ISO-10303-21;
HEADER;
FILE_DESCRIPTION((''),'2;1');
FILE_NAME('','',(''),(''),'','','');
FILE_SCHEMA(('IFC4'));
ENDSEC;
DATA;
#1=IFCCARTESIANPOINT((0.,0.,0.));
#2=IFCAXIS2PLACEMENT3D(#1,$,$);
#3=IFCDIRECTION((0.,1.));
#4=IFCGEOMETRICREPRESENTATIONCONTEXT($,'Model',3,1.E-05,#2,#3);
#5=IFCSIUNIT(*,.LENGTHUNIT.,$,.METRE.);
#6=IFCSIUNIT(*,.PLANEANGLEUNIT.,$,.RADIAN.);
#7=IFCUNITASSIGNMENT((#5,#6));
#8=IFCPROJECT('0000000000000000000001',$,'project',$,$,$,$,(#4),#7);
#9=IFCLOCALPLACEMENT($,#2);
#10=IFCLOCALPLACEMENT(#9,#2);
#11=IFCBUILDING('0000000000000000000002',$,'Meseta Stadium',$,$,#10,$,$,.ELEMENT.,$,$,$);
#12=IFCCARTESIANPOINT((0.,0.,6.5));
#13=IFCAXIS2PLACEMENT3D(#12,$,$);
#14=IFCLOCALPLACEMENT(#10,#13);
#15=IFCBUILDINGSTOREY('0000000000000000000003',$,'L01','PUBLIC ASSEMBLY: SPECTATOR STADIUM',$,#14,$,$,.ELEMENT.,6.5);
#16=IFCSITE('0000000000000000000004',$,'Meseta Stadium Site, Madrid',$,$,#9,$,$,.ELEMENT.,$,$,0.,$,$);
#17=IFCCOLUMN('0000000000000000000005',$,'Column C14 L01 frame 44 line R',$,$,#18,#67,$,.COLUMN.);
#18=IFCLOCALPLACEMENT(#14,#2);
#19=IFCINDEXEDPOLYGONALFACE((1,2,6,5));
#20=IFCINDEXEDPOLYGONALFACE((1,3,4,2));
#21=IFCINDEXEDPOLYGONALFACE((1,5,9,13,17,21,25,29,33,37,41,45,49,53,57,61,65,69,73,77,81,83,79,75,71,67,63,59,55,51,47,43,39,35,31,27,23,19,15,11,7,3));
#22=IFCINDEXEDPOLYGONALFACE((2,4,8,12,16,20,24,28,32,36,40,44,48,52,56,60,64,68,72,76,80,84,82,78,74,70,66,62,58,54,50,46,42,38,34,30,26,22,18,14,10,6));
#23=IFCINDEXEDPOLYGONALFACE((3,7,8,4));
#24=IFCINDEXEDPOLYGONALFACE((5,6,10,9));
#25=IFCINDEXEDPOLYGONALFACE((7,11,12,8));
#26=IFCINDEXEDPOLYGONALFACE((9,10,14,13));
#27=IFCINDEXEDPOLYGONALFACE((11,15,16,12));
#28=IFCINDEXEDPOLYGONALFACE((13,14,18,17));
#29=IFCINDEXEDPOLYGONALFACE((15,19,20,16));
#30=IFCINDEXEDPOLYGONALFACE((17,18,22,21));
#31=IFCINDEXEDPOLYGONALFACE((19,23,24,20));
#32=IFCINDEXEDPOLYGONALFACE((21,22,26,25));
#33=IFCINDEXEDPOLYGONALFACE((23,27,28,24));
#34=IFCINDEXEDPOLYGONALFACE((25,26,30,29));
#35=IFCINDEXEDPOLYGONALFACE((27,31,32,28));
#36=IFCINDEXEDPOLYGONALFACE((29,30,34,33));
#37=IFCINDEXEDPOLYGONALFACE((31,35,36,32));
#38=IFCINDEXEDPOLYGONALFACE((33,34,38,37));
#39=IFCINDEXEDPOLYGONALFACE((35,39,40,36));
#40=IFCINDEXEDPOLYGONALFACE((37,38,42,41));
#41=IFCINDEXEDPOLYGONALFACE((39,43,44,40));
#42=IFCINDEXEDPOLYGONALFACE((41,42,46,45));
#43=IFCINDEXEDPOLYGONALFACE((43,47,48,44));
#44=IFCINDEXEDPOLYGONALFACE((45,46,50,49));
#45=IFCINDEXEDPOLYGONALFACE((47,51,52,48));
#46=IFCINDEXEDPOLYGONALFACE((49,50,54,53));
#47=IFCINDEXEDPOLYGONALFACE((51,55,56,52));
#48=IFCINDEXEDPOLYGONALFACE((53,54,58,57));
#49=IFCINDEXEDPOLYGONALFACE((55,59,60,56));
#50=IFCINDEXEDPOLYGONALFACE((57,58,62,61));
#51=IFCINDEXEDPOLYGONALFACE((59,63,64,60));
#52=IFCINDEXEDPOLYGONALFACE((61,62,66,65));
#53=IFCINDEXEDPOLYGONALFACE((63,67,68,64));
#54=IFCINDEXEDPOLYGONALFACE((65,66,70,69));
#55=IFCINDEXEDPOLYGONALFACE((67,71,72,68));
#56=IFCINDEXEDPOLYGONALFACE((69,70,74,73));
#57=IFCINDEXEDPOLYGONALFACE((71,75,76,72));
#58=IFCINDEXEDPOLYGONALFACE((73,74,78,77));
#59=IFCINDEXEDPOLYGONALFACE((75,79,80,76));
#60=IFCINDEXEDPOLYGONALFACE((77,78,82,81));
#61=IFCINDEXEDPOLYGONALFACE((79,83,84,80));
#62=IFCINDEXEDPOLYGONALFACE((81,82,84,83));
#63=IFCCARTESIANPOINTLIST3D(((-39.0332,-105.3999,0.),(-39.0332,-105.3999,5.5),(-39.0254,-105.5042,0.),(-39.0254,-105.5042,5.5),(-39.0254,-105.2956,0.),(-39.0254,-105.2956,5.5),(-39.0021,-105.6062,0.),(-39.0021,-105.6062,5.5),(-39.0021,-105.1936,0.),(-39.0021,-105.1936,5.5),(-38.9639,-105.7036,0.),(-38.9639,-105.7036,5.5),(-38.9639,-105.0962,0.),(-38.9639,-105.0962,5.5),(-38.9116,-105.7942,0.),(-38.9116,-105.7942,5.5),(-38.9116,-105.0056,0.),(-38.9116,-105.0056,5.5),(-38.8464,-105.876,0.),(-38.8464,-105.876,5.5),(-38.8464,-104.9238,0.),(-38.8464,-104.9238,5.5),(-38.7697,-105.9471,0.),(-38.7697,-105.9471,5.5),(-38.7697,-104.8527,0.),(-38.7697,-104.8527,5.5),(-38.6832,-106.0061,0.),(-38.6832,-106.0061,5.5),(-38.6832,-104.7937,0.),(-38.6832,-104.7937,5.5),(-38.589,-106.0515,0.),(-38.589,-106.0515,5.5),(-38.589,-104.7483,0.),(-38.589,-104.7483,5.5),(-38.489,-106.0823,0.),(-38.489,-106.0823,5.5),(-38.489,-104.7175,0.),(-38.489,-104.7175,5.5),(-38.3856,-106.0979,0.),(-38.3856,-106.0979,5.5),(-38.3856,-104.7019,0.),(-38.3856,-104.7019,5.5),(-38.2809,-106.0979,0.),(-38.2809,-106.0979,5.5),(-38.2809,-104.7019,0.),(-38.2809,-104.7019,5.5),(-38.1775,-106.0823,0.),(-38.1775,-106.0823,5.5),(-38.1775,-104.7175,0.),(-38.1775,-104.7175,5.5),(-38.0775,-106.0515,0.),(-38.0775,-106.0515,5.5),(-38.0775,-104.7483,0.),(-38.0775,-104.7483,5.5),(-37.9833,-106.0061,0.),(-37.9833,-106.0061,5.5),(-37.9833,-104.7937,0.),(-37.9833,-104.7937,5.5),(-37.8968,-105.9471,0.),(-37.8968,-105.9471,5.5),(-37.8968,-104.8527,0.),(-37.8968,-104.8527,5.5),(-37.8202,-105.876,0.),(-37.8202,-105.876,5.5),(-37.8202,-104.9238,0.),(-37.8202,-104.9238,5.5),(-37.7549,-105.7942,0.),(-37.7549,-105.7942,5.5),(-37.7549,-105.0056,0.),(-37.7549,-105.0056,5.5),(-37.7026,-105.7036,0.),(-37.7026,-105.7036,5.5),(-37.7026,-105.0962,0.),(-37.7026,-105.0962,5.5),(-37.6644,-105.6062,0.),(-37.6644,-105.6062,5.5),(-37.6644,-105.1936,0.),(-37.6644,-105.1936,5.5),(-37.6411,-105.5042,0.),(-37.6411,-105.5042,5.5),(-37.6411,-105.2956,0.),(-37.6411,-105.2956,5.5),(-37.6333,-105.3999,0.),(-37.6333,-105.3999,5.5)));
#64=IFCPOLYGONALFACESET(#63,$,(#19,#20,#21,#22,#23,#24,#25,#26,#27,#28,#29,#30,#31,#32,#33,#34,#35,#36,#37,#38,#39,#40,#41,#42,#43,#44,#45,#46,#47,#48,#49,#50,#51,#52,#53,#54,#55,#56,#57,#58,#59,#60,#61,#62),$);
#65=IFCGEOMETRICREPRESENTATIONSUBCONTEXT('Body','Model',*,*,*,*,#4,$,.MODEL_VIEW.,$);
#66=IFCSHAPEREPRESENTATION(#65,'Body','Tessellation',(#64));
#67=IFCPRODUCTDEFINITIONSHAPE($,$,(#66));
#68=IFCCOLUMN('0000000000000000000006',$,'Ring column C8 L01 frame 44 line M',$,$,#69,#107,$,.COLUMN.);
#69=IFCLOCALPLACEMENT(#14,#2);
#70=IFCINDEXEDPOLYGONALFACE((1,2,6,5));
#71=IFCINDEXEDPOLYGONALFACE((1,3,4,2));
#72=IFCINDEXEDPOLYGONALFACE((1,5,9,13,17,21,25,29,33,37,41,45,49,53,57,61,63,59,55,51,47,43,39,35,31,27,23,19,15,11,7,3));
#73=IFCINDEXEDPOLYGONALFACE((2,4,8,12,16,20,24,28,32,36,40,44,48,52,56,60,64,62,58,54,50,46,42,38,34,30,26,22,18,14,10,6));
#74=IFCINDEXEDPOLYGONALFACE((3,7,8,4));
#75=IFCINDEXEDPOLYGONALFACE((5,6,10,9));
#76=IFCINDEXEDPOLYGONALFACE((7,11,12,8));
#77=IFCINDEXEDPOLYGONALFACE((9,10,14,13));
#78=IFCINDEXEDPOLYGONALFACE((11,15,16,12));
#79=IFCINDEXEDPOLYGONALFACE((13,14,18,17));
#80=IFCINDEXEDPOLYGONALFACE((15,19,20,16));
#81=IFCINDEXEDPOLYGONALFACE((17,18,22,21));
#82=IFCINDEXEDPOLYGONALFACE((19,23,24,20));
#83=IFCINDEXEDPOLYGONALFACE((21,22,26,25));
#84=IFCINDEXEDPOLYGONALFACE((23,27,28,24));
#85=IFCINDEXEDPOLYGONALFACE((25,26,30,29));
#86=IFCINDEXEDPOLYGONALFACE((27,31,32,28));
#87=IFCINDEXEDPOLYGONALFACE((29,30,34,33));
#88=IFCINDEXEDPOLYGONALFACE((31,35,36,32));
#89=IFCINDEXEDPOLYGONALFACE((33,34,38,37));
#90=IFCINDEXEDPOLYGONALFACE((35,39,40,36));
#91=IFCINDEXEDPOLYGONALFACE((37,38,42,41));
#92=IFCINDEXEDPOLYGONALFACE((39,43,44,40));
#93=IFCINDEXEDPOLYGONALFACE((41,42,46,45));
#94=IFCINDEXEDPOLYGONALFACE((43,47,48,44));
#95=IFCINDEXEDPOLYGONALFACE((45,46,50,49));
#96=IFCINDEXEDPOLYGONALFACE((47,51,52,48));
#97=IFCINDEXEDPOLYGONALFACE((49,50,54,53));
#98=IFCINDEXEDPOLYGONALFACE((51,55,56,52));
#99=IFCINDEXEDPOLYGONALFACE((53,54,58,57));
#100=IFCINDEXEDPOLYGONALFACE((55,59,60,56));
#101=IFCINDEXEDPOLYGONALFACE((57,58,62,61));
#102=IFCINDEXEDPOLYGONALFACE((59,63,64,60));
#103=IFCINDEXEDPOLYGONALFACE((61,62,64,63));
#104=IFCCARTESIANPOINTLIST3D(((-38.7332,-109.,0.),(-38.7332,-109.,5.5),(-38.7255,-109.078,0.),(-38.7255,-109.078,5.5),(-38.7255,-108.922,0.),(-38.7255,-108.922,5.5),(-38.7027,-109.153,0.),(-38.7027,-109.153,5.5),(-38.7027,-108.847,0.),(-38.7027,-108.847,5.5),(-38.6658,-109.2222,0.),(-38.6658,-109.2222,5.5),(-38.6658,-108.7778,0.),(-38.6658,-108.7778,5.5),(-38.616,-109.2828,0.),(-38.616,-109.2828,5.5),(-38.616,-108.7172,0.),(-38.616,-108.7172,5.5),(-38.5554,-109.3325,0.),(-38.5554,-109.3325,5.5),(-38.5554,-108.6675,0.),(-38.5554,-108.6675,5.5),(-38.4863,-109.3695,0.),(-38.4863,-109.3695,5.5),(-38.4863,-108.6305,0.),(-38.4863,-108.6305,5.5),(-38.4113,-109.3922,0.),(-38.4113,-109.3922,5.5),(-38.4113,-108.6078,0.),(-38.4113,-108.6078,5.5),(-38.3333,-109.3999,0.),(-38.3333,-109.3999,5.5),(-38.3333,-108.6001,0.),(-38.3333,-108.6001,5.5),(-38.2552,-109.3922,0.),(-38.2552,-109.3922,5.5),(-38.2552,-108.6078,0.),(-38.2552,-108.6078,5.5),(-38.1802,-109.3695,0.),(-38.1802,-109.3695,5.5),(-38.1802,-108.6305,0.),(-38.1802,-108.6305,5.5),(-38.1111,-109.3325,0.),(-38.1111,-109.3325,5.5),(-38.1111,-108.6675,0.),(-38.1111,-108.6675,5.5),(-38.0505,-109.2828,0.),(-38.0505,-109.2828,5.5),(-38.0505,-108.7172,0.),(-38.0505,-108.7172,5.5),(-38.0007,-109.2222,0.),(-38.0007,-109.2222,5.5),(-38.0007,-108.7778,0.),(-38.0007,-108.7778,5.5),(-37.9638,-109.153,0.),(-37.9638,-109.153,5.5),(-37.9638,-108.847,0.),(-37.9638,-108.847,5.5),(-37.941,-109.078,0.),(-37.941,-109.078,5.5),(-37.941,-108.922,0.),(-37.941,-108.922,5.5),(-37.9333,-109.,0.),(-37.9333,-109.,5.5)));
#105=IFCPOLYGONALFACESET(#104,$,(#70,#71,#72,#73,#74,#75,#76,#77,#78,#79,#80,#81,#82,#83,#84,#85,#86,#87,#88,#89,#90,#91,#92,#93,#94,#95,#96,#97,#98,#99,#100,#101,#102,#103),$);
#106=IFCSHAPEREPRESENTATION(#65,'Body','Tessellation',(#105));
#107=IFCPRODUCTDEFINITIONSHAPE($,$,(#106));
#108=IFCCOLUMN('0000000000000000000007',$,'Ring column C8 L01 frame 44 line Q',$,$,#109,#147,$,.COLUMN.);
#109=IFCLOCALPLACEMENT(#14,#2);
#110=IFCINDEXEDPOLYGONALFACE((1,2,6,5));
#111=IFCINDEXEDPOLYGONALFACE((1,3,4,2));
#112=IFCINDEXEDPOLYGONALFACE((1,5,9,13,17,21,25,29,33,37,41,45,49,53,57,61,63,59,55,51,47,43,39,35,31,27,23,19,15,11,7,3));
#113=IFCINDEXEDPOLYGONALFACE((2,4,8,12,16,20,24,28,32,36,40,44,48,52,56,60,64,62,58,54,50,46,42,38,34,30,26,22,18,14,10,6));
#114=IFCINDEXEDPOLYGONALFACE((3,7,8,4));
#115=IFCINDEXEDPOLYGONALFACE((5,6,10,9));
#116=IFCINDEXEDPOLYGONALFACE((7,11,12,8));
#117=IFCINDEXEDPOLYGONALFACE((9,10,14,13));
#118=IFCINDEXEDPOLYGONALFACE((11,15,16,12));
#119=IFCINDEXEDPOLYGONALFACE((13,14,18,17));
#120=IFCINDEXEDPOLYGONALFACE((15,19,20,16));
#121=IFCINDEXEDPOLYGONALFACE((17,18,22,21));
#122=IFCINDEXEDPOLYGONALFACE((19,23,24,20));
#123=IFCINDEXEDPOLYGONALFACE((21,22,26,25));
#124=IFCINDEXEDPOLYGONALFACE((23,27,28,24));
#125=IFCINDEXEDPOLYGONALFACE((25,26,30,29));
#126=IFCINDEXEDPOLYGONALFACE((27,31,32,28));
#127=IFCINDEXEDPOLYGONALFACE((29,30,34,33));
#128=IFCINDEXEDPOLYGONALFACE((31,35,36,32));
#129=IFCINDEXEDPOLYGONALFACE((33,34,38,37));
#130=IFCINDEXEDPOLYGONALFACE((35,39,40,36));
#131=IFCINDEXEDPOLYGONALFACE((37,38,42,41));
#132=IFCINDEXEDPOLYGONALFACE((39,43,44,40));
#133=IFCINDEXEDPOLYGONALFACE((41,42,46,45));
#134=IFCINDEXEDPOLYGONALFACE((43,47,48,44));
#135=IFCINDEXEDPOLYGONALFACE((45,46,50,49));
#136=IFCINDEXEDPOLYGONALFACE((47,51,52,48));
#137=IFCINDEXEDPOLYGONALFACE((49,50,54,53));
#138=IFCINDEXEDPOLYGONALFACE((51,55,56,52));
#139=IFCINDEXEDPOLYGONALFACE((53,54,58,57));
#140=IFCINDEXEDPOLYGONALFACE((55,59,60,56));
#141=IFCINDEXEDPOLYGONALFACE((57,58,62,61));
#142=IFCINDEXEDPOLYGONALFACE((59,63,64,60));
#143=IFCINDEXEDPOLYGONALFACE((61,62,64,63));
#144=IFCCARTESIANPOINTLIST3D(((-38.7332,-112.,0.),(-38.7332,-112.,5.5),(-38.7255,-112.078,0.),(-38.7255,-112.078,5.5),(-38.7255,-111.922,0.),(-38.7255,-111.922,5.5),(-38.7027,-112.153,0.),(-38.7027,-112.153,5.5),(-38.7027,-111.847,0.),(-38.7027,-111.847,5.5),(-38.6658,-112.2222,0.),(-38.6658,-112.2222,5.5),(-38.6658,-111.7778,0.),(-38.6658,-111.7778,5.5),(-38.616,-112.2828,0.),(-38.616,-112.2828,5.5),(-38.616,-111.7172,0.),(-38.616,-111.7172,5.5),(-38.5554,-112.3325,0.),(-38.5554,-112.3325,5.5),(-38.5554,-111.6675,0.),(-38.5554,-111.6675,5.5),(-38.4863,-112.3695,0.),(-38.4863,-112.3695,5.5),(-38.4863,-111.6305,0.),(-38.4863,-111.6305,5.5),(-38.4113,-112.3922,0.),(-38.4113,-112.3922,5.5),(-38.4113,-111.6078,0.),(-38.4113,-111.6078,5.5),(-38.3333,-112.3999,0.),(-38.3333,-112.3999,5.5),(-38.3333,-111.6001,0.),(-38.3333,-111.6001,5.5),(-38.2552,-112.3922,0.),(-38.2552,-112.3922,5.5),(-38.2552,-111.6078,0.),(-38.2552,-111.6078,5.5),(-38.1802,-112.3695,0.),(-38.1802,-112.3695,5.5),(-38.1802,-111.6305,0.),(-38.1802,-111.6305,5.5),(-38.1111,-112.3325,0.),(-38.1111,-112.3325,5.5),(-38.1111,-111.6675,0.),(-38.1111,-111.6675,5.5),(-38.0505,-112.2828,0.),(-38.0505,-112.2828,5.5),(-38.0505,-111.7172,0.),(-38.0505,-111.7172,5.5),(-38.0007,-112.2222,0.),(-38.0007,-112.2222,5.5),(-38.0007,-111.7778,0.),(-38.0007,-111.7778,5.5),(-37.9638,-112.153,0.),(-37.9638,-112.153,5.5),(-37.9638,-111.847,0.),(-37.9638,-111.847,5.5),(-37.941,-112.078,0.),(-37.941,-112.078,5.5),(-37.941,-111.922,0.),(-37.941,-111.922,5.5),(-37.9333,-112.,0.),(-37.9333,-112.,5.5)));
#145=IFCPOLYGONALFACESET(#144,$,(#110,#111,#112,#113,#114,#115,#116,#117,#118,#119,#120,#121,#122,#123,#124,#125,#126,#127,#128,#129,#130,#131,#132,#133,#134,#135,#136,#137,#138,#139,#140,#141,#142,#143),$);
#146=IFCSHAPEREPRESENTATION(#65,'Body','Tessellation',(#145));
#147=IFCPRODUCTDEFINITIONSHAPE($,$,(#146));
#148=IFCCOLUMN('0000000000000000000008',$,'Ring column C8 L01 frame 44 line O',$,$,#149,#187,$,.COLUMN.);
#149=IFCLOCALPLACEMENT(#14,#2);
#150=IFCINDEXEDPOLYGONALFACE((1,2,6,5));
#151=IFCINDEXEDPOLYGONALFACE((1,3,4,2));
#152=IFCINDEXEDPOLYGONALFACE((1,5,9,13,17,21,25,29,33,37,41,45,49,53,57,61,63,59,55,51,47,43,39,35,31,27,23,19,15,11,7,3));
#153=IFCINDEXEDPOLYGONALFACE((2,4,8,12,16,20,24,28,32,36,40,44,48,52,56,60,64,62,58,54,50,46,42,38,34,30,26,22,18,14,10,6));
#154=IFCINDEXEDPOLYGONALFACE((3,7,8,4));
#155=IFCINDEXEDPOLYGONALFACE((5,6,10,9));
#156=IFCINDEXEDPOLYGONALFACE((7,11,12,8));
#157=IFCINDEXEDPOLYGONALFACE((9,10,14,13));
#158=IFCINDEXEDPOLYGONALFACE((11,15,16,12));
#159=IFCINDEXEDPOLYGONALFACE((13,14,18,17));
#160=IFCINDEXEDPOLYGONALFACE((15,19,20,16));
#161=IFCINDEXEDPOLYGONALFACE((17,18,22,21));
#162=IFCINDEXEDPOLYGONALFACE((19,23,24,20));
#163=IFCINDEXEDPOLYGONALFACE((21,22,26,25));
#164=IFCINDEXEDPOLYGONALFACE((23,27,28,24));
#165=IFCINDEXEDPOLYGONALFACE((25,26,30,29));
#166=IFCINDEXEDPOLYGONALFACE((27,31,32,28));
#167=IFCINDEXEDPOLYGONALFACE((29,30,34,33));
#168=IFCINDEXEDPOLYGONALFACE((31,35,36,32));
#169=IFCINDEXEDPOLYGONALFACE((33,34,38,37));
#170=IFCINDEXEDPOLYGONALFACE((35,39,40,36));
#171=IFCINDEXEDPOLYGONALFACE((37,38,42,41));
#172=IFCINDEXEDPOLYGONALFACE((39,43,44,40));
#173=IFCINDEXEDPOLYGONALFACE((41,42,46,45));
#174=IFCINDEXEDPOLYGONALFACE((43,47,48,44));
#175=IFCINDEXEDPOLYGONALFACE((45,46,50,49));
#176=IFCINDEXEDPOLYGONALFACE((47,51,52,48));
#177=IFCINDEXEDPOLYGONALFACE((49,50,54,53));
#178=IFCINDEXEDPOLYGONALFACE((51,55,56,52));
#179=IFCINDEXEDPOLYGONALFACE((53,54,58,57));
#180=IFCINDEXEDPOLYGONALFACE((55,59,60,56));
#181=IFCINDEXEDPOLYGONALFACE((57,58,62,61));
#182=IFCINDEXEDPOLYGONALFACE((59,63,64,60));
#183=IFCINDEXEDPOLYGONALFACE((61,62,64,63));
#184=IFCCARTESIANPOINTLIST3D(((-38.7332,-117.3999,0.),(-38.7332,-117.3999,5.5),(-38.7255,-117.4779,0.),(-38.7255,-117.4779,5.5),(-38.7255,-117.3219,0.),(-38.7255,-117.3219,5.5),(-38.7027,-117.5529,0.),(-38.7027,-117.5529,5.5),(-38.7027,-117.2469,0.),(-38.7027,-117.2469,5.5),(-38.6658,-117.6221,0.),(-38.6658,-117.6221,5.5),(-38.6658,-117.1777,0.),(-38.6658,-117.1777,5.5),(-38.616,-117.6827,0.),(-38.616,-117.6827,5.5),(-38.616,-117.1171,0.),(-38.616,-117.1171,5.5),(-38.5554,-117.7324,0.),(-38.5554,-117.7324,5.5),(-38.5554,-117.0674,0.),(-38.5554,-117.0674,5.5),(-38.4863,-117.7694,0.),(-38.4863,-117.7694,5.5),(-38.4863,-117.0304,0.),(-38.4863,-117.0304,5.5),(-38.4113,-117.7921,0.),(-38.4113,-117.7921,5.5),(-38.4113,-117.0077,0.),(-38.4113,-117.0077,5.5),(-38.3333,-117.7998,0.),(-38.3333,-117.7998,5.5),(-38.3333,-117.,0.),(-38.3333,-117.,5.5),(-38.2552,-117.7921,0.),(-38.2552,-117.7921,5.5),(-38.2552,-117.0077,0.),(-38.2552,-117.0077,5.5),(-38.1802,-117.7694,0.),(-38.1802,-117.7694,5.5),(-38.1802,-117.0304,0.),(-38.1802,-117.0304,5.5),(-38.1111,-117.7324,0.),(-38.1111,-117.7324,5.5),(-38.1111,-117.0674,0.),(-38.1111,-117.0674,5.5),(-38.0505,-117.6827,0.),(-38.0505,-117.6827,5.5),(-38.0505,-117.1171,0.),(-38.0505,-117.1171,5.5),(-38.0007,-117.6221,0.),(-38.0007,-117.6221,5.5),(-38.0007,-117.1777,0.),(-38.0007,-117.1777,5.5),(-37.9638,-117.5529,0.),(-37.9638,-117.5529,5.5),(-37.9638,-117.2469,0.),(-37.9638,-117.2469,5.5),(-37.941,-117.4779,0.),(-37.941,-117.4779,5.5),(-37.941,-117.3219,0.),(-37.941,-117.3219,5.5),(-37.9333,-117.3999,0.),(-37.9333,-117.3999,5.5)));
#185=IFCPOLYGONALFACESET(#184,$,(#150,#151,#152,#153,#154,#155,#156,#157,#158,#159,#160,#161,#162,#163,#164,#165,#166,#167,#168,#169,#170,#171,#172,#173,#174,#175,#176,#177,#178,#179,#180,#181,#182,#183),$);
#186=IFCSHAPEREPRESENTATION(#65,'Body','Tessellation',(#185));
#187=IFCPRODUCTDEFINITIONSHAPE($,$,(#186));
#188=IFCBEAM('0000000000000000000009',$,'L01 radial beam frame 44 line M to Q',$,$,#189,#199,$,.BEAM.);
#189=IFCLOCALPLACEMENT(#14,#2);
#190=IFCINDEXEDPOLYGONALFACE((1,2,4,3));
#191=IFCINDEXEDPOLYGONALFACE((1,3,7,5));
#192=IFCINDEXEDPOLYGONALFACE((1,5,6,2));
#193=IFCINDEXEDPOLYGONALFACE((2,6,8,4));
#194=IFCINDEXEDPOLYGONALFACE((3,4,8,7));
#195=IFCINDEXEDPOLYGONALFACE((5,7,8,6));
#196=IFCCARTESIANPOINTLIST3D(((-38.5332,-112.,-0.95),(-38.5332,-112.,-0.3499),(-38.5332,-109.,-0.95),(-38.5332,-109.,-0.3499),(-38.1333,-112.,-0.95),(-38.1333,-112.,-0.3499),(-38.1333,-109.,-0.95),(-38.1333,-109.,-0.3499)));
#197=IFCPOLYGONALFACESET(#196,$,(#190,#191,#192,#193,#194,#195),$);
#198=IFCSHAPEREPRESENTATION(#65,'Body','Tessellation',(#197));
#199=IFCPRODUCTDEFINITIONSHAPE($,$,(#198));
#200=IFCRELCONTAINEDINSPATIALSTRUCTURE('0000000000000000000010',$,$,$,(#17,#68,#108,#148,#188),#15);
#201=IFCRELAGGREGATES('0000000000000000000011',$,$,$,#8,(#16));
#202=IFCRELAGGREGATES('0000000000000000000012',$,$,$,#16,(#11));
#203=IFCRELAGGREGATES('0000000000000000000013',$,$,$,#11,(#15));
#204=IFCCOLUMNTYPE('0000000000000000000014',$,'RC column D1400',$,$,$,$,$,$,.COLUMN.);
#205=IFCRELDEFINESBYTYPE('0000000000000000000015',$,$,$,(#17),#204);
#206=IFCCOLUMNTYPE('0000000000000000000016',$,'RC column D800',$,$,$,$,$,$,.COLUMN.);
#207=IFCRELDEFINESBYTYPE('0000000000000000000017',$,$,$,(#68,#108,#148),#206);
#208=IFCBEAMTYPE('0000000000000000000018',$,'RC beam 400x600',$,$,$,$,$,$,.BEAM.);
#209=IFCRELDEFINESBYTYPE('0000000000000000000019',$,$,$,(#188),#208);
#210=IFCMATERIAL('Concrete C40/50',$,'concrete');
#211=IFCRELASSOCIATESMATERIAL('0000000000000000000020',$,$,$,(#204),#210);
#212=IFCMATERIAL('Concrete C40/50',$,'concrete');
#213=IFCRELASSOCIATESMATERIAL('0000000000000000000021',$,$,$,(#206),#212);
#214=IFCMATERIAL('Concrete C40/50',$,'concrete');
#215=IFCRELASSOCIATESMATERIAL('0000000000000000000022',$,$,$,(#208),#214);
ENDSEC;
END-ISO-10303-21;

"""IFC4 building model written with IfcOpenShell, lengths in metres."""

from ifc_helpers import new_model, si_unit, direction, frame, origin, origin_2d, place, context, subcontext, project, spatial, rectangle, circle, extrude, material, material_profile, profile_set, type_object, element, save


model = new_model("IFC4")

# Units and contexts
model_context = context("Model", 3, precision=1e-05, world=origin(), true_north=direction((0.0, 1.0)))
body_context = subcontext(model_context, "Body", "Model", "MODEL_VIEW")
ifc_project = project(units=[si_unit("LENGTHUNIT", "METRE"), si_unit("PLANEANGLEUNIT", "RADIAN")], contexts=[model_context])

# Site, building, storey
site_placement = place(None, origin())
site = spatial("IfcSite", under=ifc_project, at=site_placement, Name="Meseta Stadium Site, Madrid", CompositionType="ELEMENT", RefElevation=0.0)
building_placement = place(site_placement, origin())
building = spatial("IfcBuilding", under=site, at=building_placement, Name="Meseta Stadium", CompositionType="ELEMENT")
storey_placement = place(building_placement, frame((0.0, 0.0, 6.5)))
storey = spatial("IfcBuildingStorey", under=building, at=storey_placement, Name="L01", Description="PUBLIC ASSEMBLY: SPECTATOR STADIUM", CompositionType="ELEMENT", Elevation=6.5)

# Columns
ifc_material_1 = material(Name="Concrete C40/50", Category="concrete")
ifc_material_profile_1 = material_profile(ifc_material_1, circle(Radius=0.7, at=origin_2d()), Name="RC D1400")
ifc_profile_set_1 = profile_set([ifc_material_profile_1], Name="Concrete C40/50")
column_type_1 = type_object("IfcColumnType", Name="RC column D1400", PredefinedType="COLUMN", material=ifc_profile_set_1)
column_placement = place(storey_placement, frame((-38.3333, -105.3999, 0.0), z_axis=(0.0, 0.0, 1.0), x_axis=(1.0, 0.0, 0.0)))
element("IfcColumn", 1, at=column_placement, inside=storey, type_object=column_type_1, Name="Column C14 L01 frame 44 line R", PredefinedType="COLUMN", context=body_context, shape_type="SweptSolid", body=[
    extrude(circle(Radius=0.7, at=origin_2d()), origin(), (0.0, 0.0, 1.0), 5.5),
])
ifc_material_2 = material(Name="Concrete C40/50", Category="concrete")
ifc_material_profile_2 = material_profile(ifc_material_2, circle(Radius=0.3999, at=origin_2d()), Name="RC D800")
ifc_profile_set_2 = profile_set([ifc_material_profile_2], Name="Concrete C40/50")
column_type_2 = type_object("IfcColumnType", Name="RC column D800", PredefinedType="COLUMN", material=ifc_profile_set_2)
for number, where, z_axis, x_axis, name in (
    (2, (-38.3333, -109.0, 0.0), (0.0, 0.0, 1.0), (1.0, 0.0, 0.0), "Ring column C8 L01 frame 44 line M"),
    (3, (-38.3333, -112.0, 0.0), (0.0, 0.0, 1.0), (1.0, 0.0, 0.0), "Ring column C8 L01 frame 44 line Q"),
    (4, (-38.3333, -117.3999, 0.0), (0.0, 0.0, 1.0), (1.0, 0.0, 0.0), "Ring column C8 L01 frame 44 line O"),
):
    element("IfcColumn", number, at=place(storey_placement, frame(where, z_axis=z_axis, x_axis=x_axis)), inside=storey, type_object=column_type_2, Name=name, PredefinedType="COLUMN", context=body_context, shape_type="SweptSolid", body=[
        extrude(circle(Radius=0.3999, at=origin_2d()), origin(), (0.0, 0.0, 1.0), 5.5),
    ])

# Beam
ifc_material_3 = material(Name="Concrete C40/50", Category="concrete")
ifc_material_profile_3 = material_profile(ifc_material_3, rectangle(XDim=0.3999, YDim=0.6001, at=origin_2d()), Name="RC 400x600")
ifc_profile_set_3 = profile_set([ifc_material_profile_3], Name="Concrete C40/50")
beam_type_1 = type_object("IfcBeamType", Name="RC beam 400x600", PredefinedType="BEAM", material=ifc_profile_set_3)
beam_1_placement = place(storey_placement, frame((-38.3333, -109.0, -0.6499), z_axis=(0.0, -1.0, 0.0), x_axis=(1.0, 0.0, 0.0)))
element("IfcBeam", 5, at=beam_1_placement, inside=storey, type_object=beam_type_1, Name="L01 radial beam frame 44 line M to Q", PredefinedType="BEAM", context=body_context, shape_type="SweptSolid", body=[
    extrude(rectangle(XDim=0.3999, YDim=0.6001, at=origin_2d()), origin(), (0.0, 0.0, 1.0), 3.0),
])

save(model, "model.ifc")
